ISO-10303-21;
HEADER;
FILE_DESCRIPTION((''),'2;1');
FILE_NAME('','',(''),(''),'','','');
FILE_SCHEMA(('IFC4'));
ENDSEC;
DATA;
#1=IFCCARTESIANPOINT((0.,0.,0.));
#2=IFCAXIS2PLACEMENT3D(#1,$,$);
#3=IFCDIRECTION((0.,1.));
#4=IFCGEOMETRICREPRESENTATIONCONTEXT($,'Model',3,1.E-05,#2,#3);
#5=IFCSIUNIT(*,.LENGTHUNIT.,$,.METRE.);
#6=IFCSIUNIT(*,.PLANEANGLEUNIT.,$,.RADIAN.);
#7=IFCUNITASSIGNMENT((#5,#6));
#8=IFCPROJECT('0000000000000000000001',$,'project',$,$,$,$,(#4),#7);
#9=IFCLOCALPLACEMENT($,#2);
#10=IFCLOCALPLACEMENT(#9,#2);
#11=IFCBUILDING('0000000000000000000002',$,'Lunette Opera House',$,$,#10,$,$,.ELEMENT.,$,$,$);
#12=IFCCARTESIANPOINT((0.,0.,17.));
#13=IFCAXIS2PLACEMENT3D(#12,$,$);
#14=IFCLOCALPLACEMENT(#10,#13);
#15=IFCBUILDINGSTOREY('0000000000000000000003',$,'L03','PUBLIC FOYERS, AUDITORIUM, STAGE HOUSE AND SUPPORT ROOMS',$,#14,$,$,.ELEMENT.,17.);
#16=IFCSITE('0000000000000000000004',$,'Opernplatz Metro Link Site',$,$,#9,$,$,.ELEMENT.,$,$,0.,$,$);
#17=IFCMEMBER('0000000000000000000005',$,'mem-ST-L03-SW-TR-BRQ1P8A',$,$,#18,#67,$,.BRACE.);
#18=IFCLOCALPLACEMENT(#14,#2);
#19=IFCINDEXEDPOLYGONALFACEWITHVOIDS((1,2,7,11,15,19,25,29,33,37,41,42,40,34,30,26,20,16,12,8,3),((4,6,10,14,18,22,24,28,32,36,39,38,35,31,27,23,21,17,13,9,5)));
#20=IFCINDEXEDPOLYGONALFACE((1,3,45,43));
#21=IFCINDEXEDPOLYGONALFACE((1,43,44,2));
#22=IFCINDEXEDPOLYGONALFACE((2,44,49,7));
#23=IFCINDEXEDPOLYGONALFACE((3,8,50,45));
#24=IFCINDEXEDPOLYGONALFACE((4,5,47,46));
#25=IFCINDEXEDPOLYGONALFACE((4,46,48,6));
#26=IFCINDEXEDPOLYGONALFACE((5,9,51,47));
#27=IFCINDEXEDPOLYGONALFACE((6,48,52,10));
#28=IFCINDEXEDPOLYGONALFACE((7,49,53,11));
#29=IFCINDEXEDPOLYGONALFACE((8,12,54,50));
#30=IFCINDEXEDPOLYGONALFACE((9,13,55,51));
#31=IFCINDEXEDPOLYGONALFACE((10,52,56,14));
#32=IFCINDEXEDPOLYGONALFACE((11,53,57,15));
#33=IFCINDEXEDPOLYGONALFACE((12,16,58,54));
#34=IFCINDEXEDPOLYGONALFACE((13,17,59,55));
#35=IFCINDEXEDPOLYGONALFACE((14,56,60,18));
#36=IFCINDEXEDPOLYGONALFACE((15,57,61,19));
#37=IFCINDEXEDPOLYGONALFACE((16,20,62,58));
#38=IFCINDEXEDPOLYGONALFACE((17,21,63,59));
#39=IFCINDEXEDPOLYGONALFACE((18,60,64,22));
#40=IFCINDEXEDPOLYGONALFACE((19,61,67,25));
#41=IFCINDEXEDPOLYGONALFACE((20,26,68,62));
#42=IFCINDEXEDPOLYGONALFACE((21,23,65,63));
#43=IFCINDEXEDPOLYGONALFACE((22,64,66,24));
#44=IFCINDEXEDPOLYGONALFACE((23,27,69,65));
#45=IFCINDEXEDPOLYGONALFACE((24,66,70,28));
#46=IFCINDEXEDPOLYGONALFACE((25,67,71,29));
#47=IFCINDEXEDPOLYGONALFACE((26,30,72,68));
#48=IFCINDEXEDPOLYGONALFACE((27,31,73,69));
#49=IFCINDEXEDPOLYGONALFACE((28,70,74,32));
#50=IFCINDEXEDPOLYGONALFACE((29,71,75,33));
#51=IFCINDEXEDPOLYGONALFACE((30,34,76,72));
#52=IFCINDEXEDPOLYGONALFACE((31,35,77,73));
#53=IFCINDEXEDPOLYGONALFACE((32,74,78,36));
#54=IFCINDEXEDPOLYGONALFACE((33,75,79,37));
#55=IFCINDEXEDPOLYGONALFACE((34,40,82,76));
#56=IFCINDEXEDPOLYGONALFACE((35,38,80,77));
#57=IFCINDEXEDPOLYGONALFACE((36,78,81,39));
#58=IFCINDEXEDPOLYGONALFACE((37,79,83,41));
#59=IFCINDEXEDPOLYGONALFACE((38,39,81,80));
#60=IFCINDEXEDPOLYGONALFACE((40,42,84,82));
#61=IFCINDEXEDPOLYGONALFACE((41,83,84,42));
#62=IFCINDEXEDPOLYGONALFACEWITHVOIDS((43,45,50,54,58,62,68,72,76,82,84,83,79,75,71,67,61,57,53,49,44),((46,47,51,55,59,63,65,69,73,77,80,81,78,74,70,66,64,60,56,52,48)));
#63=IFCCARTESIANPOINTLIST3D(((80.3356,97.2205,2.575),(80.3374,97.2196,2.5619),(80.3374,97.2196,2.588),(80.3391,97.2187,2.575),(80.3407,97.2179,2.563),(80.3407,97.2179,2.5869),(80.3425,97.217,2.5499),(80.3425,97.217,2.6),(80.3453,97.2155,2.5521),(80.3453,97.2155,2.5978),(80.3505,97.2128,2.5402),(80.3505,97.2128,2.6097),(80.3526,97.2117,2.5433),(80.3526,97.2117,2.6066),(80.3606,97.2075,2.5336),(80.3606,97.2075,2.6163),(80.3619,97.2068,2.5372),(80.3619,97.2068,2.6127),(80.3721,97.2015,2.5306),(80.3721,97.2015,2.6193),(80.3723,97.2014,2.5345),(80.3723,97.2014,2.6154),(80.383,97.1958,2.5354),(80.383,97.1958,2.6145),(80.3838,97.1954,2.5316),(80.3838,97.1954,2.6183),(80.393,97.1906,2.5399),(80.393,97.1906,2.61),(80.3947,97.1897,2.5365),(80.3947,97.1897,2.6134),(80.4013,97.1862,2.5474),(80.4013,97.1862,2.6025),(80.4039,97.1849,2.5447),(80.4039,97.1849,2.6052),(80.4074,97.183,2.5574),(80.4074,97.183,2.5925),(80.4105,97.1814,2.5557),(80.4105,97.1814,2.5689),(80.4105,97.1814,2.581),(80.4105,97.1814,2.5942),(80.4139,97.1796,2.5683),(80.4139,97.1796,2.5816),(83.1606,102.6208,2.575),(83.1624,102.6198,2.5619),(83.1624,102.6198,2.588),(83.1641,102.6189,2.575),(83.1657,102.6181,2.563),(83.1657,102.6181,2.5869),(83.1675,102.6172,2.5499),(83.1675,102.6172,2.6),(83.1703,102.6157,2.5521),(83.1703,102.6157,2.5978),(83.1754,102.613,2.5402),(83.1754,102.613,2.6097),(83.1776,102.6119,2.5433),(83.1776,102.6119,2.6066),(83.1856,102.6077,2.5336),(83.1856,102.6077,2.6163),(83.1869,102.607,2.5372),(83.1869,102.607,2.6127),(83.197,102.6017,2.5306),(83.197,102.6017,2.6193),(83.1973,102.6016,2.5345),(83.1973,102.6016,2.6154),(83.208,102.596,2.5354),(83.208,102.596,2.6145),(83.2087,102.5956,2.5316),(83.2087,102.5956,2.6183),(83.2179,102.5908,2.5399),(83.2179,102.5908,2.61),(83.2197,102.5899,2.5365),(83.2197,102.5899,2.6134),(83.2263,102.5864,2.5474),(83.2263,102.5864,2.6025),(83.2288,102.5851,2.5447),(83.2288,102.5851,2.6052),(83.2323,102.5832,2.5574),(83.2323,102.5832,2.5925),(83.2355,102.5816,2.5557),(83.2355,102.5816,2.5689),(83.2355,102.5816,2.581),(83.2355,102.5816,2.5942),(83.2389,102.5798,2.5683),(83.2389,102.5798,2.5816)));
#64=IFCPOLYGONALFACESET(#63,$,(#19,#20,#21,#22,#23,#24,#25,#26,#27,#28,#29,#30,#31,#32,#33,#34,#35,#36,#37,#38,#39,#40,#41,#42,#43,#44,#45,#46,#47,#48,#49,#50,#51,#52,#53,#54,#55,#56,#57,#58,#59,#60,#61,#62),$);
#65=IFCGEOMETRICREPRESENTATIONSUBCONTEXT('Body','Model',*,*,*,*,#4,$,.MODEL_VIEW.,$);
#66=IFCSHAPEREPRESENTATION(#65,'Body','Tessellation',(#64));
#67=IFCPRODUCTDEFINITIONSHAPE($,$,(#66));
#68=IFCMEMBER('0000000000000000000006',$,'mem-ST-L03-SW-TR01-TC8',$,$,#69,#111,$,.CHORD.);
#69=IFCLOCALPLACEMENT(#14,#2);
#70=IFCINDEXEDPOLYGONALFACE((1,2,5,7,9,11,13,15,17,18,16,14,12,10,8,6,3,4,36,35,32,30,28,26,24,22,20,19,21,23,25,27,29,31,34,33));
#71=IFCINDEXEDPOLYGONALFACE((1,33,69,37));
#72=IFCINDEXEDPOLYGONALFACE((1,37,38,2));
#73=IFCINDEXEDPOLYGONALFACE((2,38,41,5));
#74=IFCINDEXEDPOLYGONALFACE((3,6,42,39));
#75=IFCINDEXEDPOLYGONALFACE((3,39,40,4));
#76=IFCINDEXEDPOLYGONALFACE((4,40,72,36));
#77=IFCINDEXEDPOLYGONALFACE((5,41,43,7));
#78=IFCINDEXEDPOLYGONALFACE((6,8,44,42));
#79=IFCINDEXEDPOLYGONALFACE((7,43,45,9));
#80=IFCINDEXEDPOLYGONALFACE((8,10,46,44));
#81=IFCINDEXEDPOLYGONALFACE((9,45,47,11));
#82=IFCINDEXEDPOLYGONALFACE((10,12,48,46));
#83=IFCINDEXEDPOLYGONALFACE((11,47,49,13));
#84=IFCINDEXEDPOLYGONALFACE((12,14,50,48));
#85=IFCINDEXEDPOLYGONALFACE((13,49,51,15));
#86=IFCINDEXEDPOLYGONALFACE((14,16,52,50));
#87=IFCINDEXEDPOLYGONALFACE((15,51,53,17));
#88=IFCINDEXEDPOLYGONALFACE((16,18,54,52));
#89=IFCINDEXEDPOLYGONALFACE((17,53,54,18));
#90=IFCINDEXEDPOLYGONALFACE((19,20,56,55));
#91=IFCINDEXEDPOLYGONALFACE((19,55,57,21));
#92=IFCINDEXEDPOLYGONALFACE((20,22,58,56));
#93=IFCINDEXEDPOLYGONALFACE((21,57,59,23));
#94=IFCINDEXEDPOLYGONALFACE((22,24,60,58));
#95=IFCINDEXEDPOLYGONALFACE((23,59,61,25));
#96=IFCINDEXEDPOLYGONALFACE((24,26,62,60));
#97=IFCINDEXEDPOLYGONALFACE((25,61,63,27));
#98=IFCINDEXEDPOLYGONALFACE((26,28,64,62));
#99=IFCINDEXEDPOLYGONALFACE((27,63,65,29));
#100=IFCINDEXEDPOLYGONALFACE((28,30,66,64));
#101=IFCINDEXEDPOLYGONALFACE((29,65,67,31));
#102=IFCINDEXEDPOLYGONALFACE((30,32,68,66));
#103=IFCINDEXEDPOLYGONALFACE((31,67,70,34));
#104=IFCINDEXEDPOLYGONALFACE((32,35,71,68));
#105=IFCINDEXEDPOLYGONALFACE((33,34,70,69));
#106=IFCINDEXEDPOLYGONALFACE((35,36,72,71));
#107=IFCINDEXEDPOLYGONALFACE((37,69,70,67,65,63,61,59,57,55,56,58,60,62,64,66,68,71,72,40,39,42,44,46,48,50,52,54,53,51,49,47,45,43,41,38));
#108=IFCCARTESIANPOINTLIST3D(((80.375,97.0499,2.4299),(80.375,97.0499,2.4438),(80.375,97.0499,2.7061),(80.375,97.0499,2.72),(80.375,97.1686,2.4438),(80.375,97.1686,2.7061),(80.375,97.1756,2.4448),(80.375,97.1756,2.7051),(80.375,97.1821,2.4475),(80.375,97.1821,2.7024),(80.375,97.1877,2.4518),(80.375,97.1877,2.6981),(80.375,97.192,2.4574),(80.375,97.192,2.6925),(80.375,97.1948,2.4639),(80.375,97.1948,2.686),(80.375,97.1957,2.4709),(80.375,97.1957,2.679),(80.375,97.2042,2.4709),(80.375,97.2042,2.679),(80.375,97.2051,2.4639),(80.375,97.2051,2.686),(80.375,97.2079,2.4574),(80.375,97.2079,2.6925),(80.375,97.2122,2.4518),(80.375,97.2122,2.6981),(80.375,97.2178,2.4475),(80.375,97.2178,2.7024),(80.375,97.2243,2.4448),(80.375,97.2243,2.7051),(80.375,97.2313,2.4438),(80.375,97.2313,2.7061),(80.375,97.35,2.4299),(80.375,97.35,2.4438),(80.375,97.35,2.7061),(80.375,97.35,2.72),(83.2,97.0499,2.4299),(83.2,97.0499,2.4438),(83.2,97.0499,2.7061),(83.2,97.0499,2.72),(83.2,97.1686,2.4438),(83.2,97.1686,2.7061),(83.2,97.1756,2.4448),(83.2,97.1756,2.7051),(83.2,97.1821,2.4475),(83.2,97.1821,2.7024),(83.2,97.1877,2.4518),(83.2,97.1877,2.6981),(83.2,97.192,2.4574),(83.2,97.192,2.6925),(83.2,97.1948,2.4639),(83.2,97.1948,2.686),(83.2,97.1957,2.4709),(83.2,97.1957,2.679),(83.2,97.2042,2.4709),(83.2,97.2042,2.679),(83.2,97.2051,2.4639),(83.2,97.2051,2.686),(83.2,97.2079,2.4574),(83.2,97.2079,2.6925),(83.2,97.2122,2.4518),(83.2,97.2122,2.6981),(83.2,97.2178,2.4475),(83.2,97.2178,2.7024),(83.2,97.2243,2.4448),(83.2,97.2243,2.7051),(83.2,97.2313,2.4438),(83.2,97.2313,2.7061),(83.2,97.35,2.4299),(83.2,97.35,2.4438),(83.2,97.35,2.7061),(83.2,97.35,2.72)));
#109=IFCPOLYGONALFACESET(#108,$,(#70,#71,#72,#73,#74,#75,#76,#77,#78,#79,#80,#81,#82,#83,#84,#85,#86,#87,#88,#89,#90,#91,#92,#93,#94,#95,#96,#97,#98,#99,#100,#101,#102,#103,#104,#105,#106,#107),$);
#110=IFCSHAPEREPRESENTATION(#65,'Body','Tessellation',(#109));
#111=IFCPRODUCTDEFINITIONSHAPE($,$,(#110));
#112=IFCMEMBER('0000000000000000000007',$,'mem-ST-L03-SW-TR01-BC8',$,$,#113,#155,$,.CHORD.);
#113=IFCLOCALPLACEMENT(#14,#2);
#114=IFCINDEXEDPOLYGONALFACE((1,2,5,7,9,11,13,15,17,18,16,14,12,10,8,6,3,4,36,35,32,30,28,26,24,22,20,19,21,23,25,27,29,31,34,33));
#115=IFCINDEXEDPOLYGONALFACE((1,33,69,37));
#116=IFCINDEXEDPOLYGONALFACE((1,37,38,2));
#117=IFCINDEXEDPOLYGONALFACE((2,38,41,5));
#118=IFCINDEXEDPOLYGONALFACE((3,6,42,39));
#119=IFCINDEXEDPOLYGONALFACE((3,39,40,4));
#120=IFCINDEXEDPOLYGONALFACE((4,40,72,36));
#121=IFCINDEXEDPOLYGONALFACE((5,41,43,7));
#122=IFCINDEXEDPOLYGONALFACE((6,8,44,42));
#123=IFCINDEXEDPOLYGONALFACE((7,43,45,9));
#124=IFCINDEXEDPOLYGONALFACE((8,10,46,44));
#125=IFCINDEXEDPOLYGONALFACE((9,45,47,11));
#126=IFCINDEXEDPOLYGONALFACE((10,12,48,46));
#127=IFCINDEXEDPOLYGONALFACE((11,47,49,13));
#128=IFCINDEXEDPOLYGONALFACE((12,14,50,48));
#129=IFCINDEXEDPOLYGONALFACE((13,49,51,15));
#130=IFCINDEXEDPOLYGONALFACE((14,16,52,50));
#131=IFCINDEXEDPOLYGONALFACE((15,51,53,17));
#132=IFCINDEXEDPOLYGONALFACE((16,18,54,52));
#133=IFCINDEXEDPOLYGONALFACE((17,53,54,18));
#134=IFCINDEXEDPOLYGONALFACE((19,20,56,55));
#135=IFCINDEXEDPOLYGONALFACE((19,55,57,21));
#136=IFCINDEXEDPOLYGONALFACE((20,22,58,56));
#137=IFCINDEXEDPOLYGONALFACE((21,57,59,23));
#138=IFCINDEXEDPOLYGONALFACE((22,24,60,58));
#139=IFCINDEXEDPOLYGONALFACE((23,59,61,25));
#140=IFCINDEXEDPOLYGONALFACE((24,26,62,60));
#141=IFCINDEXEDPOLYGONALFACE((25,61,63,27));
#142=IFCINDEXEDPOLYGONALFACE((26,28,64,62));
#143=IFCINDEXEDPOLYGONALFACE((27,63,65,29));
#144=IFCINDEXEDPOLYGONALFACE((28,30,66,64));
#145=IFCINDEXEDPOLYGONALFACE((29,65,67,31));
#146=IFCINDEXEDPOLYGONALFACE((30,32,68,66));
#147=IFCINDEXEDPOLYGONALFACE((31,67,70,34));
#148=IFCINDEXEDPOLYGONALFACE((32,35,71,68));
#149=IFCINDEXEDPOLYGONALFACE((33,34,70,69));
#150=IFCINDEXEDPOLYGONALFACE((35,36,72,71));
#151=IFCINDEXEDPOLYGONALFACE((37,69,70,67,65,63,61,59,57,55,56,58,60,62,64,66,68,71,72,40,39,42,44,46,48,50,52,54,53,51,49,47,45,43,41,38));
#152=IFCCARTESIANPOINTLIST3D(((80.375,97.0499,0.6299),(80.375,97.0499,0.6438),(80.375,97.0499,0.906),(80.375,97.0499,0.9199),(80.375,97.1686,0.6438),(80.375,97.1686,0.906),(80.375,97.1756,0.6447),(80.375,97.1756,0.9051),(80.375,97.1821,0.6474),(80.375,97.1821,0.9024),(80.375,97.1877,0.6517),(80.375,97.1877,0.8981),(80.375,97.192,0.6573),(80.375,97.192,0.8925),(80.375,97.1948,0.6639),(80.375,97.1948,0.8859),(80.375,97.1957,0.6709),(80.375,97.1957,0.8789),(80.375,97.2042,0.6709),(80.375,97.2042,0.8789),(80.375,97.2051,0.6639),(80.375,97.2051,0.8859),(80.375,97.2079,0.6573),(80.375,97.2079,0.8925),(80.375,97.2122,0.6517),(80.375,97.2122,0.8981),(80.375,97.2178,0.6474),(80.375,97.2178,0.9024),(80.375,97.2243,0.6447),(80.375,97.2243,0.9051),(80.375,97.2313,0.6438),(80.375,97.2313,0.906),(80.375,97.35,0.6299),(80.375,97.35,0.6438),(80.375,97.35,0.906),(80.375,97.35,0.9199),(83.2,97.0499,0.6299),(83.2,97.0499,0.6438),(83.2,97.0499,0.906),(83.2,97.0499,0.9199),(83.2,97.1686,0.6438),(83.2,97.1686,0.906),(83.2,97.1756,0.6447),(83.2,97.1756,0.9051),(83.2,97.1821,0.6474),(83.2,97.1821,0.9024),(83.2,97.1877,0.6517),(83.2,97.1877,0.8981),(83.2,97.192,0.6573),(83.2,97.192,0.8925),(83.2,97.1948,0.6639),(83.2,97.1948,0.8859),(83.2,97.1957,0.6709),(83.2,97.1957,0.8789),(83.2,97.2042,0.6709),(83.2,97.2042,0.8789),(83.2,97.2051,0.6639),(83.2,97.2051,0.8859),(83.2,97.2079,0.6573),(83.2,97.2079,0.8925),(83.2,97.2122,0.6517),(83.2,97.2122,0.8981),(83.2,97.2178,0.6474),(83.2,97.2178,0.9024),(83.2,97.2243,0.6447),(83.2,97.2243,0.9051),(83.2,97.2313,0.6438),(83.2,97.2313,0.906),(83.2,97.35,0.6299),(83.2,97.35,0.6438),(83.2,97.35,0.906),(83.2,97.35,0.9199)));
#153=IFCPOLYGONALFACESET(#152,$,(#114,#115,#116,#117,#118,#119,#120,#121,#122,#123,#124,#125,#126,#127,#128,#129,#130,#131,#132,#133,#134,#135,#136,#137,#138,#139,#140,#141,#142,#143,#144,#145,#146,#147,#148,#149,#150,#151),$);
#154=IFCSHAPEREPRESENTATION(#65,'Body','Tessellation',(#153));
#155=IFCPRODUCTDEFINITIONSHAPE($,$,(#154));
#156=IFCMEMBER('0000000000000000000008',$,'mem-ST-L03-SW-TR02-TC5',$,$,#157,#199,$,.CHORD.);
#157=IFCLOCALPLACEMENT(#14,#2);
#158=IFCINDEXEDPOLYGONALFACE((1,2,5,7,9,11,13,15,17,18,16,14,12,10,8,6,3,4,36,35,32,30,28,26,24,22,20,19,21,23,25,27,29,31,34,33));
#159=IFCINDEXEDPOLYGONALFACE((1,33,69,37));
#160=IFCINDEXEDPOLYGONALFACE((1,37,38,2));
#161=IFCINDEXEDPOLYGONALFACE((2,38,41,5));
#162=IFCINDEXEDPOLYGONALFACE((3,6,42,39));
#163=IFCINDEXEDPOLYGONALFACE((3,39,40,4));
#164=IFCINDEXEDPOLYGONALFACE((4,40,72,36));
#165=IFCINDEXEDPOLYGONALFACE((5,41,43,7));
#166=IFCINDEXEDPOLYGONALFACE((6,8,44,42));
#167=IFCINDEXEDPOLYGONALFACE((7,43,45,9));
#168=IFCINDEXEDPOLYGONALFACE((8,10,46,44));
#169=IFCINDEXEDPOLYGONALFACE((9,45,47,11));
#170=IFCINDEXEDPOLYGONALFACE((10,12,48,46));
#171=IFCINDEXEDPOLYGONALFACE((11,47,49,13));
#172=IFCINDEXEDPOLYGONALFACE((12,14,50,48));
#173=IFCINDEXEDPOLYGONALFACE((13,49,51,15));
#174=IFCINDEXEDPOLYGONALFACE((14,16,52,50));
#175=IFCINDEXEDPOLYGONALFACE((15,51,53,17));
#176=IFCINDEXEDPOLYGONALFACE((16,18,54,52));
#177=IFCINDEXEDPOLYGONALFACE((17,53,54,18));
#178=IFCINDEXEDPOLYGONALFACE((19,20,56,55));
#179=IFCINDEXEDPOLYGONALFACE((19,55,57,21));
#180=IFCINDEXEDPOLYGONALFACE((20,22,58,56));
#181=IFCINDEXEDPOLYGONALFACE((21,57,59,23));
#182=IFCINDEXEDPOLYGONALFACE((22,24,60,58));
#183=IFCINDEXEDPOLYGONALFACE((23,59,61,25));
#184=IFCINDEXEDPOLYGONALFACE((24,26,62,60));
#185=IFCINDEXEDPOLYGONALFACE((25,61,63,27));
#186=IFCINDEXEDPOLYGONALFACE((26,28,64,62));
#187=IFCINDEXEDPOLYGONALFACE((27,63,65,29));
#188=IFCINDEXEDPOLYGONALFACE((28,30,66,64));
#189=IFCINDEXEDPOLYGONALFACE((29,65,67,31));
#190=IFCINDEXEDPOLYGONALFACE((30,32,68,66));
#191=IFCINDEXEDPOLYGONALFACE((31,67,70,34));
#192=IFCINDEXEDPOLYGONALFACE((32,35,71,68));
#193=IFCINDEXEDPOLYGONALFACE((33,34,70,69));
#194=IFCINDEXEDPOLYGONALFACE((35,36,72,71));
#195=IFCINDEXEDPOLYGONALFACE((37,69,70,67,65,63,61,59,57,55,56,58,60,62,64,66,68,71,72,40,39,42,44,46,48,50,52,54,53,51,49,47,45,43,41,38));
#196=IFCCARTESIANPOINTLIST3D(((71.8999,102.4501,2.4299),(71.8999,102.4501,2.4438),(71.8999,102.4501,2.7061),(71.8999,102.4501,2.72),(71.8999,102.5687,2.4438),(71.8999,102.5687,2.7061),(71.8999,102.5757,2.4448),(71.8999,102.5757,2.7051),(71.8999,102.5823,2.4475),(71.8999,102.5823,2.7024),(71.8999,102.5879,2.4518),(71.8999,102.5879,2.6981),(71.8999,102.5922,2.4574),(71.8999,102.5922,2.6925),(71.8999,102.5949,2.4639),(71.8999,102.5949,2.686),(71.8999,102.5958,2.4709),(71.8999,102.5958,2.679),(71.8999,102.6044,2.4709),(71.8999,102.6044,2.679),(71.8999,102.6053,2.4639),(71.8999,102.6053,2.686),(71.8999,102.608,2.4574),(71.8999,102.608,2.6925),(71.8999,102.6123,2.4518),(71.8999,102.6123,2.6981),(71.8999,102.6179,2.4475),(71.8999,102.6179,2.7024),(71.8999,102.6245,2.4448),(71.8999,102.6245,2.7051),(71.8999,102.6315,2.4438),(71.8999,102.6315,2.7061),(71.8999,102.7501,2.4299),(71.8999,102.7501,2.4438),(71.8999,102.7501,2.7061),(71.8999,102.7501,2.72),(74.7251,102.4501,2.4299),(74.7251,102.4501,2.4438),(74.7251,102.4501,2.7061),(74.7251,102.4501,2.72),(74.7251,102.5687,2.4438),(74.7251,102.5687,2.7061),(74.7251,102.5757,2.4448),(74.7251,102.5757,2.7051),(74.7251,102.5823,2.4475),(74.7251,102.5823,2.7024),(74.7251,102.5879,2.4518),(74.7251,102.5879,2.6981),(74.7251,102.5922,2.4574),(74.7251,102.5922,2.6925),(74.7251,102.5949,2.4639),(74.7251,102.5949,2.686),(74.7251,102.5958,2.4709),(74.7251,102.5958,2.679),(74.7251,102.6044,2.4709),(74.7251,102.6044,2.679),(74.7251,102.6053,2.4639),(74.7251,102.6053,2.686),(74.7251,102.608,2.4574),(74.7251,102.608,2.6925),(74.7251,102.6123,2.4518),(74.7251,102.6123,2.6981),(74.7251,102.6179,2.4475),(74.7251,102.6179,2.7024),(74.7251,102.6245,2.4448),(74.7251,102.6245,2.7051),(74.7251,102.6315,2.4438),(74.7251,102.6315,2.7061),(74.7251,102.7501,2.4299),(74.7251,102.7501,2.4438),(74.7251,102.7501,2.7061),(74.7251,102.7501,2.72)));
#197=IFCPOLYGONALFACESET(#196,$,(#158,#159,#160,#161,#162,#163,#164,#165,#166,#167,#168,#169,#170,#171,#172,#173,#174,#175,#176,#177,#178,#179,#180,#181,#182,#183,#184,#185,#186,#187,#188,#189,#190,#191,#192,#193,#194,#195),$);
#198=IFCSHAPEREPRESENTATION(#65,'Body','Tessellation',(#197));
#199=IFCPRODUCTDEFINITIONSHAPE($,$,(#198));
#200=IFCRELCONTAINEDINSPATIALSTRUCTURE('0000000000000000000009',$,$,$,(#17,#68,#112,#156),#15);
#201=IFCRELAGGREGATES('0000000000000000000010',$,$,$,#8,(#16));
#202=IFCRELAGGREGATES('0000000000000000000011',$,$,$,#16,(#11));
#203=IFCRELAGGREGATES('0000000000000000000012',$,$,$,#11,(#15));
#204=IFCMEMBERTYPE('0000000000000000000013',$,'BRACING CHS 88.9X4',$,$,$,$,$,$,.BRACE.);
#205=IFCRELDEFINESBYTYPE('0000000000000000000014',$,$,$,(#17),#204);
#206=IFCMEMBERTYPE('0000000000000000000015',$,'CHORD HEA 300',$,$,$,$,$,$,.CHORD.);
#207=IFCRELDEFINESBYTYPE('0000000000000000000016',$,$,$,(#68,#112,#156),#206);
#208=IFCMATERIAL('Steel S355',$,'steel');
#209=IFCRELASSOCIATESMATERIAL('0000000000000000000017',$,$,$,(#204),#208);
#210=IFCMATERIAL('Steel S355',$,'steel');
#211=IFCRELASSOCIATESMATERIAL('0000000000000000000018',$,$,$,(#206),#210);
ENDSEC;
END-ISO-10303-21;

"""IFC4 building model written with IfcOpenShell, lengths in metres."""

from ifc_helpers import new_model, si_unit, direction, frame, origin, origin_2d, place, context, subcontext, project, spatial, hollow_circle, i_section, extrude, material, material_profile, profile_set, type_object, element, save


model = new_model("IFC4")

# Units and contexts
model_context = context("Model", 3, precision=1e-05, world=origin(), true_north=direction((0.0, 1.0)))
body_context = subcontext(model_context, "Body", "Model", "MODEL_VIEW")
ifc_project = project(units=[si_unit("LENGTHUNIT", "METRE"), si_unit("PLANEANGLEUNIT", "RADIAN")], contexts=[model_context])

# Site, building, storey
site_placement = place(None, origin())
site = spatial("IfcSite", under=ifc_project, at=site_placement, Name="Opernplatz Metro Link Site", CompositionType="ELEMENT", RefElevation=0.0)
building_placement = place(site_placement, origin())
building = spatial("IfcBuilding", under=site, at=building_placement, Name="Lunette Opera House", CompositionType="ELEMENT")
storey_placement = place(building_placement, frame((0.0, 0.0, 17.0)))
storey = spatial("IfcBuildingStorey", under=building, at=storey_placement, Name="L03", Description="PUBLIC FOYERS, AUDITORIUM, STAGE HOUSE AND SUPPORT ROOMS", CompositionType="ELEMENT", Elevation=17.0)

# Members
ifc_material_1 = material(Name="Steel S355", Category="steel")
ifc_material_profile_1 = material_profile(ifc_material_1, hollow_circle(Radius=0.0444, WallThickness=0.0039, at=origin_2d()), Name="CHS 88.9X4")
ifc_profile_set_1 = profile_set([ifc_material_profile_1], Name="Steel S355")
member_type_1 = type_object("IfcMemberType", Name="BRACING CHS 88.9X4", PredefinedType="BRACE", material=ifc_profile_set_1)
member_1_placement = place(storey_placement, frame((80.375, 97.2, 2.575), z_axis=(0.463531, 0.886081, 0.0), x_axis=(-0.886081, 0.463531, 0.0)))
element("IfcMember", 1, at=member_1_placement, inside=storey, type_object=member_type_1, Name="mem-ST-L03-SW-TR-BRQ1P8A", PredefinedType="BRACE", context=body_context, shape_type="SweptSolid", body=[
    extrude(hollow_circle(Radius=0.0444, WallThickness=0.0039, at=origin_2d()), origin(), (0.0, 0.0, 1.0), 6.0945),
])
ifc_material_2 = material(Name="Steel S355", Category="steel")
ifc_material_profile_2 = material_profile(ifc_material_2, i_section(OverallWidth=0.3, OverallDepth=0.29, WebThickness=0.0085, FlangeThickness=0.0139, FilletRadius=0.0271, at=origin_2d()), Name="HEA 300")
ifc_profile_set_2 = profile_set([ifc_material_profile_2], Name="Steel S355")
member_type_2 = type_object("IfcMemberType", Name="CHORD HEA 300", PredefinedType="CHORD", material=ifc_profile_set_2)
for number, where, z_axis, x_axis, name in (
    (2, (80.375, 97.2, 2.575), (1.0, 0.0, 0.0), (0.0, 1.0, 0.0), "mem-ST-L03-SW-TR01-TC8"),
    (3, (80.375, 97.2, 0.7749), (1.0, 0.0, 0.0), (0.0, 1.0, 0.0), "mem-ST-L03-SW-TR01-BC8"),
):
    element("IfcMember", number, at=place(storey_placement, frame(where, z_axis=z_axis, x_axis=x_axis)), inside=storey, type_object=member_type_2, Name=name, PredefinedType="CHORD", context=body_context, shape_type="SweptSolid", body=[
        extrude(i_section(OverallWidth=0.3, OverallDepth=0.29, WebThickness=0.0085, FlangeThickness=0.0139, FilletRadius=0.0271, at=origin_2d()), origin(), (0.0, 0.0, 1.0), 2.825),
    ])
for number, where, z_axis, x_axis, name in (
    (4, (71.8999, 102.6001, 2.575), (1.0, 0.0, 0.0), (0.0, 1.0, 0.0), "mem-ST-L03-SW-TR02-TC5"),
):
    element("IfcMember", number, at=place(storey_placement, frame(where, z_axis=z_axis, x_axis=x_axis)), inside=storey, type_object=member_type_2, Name=name, PredefinedType="CHORD", context=body_context, shape_type="SweptSolid", body=[
        extrude(i_section(OverallWidth=0.3, OverallDepth=0.29, WebThickness=0.0085, FlangeThickness=0.0139, FilletRadius=0.0271, at=origin_2d()), origin(), (0.0, 0.0, 1.0), 2.8252),
    ])

save(model, "model.ifc")
